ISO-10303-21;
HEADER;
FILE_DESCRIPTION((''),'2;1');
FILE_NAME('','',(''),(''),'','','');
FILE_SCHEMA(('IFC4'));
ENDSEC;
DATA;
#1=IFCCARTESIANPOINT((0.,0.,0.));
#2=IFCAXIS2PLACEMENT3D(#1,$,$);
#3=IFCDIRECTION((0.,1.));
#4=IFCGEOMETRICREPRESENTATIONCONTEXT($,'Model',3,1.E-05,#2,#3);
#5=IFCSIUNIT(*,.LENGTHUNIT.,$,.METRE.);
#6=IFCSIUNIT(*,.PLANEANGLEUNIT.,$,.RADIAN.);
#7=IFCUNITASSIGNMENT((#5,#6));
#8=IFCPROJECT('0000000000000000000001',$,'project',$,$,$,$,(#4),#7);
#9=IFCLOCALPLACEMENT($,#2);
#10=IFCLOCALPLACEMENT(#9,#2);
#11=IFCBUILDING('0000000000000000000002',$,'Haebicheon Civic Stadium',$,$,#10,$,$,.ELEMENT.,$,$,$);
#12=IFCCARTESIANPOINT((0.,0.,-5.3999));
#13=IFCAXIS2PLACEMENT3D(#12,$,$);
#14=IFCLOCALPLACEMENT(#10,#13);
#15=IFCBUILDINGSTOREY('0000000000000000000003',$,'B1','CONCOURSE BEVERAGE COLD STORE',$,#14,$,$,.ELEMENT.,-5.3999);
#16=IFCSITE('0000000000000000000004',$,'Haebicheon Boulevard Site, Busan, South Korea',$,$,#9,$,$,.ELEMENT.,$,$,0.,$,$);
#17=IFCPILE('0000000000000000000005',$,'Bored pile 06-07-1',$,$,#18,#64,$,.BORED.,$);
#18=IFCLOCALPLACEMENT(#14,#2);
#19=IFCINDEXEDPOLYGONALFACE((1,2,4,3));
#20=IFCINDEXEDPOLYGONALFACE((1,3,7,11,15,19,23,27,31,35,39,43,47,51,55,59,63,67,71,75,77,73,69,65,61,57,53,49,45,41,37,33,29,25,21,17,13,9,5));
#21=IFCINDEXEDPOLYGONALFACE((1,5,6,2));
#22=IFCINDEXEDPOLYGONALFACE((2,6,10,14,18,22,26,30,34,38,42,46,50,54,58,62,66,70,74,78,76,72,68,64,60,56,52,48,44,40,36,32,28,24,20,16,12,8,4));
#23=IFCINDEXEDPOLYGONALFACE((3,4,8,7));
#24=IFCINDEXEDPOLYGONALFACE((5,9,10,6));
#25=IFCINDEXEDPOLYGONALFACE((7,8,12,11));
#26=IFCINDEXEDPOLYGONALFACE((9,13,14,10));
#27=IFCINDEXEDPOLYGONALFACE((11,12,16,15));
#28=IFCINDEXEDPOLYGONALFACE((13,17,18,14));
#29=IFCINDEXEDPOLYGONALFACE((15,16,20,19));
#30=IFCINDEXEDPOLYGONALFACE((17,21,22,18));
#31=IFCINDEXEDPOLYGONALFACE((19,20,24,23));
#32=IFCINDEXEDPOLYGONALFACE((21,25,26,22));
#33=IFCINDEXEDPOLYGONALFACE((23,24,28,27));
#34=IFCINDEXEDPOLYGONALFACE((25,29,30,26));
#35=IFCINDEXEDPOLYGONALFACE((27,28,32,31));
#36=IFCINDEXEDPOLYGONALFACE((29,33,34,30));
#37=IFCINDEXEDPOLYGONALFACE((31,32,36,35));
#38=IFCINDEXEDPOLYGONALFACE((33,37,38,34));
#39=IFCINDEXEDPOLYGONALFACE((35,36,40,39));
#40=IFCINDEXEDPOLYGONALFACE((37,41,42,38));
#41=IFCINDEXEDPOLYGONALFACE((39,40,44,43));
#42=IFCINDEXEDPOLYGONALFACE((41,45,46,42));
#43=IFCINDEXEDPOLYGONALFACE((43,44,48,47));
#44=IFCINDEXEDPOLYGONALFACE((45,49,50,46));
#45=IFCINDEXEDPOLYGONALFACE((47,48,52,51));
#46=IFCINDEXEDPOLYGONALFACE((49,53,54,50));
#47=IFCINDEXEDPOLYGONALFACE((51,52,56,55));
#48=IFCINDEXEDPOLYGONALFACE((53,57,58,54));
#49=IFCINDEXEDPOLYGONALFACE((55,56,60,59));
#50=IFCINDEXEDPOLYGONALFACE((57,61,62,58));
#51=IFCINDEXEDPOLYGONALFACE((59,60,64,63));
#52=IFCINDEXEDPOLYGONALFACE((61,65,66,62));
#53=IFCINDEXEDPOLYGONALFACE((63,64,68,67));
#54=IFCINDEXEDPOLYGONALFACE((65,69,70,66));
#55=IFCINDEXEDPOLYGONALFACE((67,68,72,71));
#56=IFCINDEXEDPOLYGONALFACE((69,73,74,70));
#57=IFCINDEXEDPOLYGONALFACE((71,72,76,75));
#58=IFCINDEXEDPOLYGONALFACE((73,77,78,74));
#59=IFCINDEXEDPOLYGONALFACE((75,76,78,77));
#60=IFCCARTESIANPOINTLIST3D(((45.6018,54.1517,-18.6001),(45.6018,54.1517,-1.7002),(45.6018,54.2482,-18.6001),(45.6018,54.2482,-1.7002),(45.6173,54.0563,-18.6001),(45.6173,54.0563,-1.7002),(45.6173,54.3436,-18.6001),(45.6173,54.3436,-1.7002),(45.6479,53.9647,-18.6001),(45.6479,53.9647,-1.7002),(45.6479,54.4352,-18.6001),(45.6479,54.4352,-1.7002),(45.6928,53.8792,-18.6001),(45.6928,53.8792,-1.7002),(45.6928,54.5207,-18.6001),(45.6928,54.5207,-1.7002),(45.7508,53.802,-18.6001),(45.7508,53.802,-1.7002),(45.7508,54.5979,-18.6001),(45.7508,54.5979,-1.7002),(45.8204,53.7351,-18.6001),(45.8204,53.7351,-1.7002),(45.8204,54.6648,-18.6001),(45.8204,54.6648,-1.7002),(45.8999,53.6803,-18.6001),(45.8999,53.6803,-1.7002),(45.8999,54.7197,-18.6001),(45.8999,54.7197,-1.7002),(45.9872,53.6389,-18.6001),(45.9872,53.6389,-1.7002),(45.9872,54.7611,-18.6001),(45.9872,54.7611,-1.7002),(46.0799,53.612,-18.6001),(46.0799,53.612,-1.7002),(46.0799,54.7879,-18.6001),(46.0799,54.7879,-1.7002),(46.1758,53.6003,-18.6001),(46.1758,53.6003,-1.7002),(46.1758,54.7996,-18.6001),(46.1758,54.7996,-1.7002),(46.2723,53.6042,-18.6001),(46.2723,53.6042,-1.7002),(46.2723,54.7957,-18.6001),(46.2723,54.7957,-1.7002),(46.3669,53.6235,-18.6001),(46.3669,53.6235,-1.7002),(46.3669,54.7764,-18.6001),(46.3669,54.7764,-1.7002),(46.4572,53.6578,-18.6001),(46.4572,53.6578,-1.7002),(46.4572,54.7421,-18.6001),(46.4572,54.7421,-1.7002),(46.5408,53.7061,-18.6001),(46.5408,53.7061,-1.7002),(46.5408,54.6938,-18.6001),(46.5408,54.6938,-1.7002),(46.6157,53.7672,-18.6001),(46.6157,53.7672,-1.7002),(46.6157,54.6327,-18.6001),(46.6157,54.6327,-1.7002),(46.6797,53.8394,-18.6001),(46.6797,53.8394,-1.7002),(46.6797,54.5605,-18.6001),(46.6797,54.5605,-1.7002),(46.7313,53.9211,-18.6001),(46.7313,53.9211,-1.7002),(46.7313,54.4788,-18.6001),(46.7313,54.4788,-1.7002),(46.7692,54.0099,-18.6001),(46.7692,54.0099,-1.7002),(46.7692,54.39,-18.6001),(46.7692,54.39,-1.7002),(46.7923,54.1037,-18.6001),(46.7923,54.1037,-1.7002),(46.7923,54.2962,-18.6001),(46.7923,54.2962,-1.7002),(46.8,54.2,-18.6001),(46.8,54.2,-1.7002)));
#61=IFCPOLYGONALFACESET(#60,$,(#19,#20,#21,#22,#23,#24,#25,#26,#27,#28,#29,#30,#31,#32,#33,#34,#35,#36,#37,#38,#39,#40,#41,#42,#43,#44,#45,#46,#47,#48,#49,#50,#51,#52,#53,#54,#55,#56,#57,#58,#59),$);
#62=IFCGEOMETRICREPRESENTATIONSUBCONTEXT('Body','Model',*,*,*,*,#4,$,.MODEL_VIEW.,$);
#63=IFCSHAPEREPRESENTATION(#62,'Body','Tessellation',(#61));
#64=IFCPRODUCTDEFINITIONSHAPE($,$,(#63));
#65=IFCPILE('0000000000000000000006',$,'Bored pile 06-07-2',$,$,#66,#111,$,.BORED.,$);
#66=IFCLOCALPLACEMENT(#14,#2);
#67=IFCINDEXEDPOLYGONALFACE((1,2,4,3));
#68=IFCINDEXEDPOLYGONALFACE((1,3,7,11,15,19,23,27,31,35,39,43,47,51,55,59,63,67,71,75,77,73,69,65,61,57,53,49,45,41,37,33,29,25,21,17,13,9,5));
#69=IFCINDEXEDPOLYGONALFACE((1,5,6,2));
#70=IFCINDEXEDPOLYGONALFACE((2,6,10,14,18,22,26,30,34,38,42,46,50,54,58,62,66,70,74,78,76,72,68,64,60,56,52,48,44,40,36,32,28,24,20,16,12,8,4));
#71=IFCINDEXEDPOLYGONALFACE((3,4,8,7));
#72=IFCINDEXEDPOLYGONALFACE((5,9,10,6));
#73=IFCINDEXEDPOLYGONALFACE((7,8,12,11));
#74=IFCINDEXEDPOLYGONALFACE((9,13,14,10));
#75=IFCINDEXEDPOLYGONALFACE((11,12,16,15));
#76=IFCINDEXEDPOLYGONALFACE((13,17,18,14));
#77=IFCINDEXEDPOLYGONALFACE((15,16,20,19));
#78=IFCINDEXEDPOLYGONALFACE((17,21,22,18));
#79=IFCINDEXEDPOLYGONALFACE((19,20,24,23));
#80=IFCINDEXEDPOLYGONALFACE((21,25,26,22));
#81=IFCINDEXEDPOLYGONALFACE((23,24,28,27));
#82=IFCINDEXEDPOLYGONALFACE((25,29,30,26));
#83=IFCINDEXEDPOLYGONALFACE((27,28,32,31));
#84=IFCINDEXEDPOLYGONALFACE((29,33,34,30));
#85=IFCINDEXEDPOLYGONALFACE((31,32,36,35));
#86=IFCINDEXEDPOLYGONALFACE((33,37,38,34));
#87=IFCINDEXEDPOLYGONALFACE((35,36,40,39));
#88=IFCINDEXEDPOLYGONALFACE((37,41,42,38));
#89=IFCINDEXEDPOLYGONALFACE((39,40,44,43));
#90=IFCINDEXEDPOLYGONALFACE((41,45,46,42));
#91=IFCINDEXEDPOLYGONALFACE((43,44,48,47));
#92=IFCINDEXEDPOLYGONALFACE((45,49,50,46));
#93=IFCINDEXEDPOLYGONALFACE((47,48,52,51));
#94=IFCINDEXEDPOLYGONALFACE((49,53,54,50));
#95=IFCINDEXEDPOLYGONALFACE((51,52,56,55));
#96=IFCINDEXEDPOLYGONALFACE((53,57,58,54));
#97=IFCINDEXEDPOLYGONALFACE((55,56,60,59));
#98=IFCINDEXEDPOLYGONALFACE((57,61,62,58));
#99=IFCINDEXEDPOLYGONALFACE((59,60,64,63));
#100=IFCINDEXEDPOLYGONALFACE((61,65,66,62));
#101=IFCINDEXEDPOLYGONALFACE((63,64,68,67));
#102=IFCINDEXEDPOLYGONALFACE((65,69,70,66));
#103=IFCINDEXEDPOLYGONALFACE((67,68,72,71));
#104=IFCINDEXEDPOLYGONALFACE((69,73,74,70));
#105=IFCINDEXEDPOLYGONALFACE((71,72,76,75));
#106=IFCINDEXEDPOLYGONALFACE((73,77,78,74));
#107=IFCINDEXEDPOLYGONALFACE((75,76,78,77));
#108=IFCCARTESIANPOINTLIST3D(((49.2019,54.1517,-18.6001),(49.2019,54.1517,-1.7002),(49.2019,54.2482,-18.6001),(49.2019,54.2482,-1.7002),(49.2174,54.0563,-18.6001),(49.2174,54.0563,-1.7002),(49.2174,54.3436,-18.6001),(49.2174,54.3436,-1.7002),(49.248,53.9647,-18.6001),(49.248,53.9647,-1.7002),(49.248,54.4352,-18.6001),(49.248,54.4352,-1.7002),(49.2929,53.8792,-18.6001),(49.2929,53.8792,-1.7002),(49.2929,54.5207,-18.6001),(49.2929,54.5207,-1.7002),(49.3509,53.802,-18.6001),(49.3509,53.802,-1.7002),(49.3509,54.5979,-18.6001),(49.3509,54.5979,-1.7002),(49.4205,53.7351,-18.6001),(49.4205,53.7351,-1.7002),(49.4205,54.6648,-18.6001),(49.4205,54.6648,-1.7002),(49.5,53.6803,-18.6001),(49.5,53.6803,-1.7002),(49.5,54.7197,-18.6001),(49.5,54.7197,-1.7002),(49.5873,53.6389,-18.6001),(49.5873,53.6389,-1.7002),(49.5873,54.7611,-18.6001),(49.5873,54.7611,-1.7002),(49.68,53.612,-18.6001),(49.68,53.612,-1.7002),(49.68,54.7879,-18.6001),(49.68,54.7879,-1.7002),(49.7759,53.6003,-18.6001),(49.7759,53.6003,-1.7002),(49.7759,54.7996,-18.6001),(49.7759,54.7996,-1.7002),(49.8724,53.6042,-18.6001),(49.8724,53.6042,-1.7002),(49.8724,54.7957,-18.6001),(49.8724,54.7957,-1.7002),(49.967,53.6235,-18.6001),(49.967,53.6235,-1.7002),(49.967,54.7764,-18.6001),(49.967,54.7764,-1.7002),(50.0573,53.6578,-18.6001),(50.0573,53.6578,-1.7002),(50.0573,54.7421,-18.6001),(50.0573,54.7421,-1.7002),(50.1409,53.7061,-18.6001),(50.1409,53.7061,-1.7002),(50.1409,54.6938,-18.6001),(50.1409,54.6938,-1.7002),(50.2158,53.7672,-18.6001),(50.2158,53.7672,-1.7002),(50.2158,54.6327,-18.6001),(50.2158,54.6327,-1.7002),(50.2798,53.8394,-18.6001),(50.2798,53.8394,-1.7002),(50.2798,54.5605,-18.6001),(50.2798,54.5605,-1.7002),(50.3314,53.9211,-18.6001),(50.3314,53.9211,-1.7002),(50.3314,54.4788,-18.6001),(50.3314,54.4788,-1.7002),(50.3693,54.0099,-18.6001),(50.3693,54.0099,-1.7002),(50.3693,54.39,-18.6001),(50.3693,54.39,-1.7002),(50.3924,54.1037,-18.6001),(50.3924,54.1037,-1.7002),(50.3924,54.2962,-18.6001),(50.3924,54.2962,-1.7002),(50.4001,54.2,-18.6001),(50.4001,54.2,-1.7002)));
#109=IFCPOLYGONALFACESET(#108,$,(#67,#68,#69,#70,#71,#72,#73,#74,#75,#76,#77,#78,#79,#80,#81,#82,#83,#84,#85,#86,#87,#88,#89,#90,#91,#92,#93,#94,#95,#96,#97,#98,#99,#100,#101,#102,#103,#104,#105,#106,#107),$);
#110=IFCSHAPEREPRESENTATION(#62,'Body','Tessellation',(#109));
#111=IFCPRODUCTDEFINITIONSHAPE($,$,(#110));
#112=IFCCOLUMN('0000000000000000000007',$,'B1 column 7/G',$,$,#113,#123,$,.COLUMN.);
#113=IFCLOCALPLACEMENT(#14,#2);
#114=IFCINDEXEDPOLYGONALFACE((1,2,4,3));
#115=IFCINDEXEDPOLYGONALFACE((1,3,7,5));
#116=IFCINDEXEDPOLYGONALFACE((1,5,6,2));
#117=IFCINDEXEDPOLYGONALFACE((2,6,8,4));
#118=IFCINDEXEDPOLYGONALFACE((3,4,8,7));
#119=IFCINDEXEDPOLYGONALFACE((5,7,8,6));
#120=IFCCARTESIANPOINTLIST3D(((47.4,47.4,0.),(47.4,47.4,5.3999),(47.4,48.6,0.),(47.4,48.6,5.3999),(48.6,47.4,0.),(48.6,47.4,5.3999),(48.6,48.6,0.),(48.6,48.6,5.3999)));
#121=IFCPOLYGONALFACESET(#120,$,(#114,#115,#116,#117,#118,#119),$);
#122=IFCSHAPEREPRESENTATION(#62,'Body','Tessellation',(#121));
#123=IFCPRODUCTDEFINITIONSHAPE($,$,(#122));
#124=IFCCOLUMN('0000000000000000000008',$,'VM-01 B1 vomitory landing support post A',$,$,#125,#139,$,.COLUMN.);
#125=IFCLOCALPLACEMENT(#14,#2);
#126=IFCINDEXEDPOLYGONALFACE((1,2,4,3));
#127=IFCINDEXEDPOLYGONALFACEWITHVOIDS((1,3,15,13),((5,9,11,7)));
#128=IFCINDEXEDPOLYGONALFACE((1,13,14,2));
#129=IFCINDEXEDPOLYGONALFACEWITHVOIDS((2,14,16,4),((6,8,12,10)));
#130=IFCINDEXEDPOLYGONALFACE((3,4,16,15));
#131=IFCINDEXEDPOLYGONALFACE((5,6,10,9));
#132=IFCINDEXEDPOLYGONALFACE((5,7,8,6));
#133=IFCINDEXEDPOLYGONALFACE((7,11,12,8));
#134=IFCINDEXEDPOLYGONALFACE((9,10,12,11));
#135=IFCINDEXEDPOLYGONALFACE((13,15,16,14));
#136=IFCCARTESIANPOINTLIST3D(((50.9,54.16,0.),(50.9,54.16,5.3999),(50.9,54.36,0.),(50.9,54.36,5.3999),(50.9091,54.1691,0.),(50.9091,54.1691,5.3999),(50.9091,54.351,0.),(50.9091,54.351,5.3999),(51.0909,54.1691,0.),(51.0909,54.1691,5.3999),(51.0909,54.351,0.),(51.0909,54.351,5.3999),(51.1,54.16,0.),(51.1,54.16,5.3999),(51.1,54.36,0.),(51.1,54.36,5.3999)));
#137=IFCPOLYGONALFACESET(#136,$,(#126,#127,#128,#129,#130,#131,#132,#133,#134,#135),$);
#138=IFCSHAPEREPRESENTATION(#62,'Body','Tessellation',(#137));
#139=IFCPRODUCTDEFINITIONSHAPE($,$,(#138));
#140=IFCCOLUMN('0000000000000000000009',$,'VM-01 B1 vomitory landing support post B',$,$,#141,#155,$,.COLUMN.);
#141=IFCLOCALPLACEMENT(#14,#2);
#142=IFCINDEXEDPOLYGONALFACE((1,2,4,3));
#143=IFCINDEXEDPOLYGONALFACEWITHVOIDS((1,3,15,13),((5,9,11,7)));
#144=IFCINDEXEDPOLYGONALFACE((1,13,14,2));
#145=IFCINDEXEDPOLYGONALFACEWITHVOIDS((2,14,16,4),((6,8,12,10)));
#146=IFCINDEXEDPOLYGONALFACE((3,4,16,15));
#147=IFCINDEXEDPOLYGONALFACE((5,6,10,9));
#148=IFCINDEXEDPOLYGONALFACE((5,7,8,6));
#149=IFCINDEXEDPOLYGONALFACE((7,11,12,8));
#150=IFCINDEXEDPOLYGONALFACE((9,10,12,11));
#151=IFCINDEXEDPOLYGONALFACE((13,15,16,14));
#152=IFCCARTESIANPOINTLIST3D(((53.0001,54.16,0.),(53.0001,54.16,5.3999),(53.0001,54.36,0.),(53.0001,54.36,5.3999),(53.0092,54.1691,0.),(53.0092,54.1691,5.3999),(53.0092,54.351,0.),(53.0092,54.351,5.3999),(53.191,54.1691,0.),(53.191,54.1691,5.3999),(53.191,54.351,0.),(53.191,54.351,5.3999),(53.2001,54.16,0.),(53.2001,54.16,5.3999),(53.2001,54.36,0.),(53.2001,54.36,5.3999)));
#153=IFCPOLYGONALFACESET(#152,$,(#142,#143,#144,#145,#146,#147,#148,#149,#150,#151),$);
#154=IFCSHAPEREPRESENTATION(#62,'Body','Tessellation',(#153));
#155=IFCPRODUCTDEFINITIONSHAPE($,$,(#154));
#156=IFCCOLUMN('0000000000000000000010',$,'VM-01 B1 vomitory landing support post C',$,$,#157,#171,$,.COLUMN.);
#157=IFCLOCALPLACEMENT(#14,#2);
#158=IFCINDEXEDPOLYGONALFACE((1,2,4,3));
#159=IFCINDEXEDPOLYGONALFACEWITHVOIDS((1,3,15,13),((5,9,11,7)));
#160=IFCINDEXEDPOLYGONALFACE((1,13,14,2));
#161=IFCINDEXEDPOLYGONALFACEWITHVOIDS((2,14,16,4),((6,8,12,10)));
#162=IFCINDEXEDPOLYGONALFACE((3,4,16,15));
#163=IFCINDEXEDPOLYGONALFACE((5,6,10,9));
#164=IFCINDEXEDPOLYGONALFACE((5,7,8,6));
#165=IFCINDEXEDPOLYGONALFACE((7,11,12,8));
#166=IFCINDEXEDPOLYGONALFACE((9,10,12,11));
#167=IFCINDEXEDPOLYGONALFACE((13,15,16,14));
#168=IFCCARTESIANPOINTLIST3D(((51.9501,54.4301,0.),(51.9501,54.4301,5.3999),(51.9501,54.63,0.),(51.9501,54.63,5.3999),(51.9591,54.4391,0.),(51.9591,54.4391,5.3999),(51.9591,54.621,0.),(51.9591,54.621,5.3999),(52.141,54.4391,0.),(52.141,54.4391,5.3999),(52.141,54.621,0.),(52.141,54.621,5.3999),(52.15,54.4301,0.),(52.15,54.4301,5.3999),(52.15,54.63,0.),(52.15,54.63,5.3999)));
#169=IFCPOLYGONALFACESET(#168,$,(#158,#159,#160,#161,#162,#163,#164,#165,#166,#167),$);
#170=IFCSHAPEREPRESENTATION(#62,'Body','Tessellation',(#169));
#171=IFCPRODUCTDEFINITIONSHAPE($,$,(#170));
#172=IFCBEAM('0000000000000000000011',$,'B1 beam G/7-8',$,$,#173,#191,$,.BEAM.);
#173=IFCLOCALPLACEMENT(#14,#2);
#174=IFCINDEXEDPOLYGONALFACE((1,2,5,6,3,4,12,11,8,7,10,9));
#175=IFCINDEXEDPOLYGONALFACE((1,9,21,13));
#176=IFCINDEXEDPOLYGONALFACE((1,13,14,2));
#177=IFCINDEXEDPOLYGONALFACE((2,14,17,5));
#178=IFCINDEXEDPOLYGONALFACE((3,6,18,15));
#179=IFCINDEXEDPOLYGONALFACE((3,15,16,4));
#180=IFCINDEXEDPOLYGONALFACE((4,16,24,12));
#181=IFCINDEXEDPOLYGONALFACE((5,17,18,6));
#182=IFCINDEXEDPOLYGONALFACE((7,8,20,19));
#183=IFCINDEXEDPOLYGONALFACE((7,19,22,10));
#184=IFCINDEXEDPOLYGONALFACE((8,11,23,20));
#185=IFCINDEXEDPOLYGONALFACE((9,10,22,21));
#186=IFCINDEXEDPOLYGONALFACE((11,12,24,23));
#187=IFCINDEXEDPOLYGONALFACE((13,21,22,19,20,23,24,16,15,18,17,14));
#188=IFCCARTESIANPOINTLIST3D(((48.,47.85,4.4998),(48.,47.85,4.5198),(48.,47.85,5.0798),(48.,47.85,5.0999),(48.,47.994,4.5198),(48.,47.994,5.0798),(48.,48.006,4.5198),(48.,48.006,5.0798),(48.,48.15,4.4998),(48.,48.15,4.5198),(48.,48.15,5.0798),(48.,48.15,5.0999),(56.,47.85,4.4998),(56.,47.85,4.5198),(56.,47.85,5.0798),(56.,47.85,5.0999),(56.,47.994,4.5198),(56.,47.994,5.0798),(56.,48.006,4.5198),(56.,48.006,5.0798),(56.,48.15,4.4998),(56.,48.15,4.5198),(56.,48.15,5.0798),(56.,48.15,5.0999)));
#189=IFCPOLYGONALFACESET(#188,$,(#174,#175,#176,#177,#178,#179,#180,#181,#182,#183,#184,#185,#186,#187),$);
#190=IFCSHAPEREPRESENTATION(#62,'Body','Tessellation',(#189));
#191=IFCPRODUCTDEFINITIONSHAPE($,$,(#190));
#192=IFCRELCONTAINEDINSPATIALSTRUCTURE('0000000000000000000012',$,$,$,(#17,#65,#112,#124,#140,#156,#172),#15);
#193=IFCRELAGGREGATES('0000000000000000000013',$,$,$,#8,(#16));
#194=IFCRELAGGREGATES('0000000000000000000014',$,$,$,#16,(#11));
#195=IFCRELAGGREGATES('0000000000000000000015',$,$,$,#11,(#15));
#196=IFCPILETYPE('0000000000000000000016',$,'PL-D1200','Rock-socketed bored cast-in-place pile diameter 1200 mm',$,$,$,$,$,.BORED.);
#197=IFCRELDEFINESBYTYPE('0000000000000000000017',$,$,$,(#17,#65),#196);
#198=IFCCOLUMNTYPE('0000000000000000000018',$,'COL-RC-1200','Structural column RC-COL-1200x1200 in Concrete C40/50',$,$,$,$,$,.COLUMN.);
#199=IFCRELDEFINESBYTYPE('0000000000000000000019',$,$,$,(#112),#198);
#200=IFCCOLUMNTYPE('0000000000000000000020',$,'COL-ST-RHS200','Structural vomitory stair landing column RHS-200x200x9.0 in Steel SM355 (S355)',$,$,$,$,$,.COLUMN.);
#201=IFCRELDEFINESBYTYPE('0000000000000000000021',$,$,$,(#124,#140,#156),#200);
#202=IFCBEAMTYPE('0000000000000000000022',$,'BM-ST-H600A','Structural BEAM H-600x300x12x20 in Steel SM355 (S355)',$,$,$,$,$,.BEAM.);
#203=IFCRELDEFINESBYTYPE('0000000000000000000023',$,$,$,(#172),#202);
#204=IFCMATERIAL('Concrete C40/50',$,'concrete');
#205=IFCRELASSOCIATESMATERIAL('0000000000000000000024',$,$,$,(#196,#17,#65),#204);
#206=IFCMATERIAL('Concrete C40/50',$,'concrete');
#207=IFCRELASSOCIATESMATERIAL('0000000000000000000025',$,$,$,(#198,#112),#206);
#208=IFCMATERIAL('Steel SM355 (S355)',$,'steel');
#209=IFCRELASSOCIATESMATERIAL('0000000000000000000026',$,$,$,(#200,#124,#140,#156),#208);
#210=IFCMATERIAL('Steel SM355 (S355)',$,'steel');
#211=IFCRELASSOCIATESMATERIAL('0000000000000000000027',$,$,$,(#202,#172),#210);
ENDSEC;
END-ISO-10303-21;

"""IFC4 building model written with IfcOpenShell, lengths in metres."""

from ifc_helpers import new_model, si_unit, direction, frame, origin, origin_2d, place, context, subcontext, project, spatial, rectangle, hollow_rectangle, circle, i_section, extrude, material, material_profile, profile_set, type_object, element, save


model = new_model("IFC4")

# Units and contexts
model_context = context("Model", 3, precision=1e-05, world=origin(), true_north=direction((0.0, 1.0)))
body_context = subcontext(model_context, "Body", "Model", "MODEL_VIEW")
ifc_project = project(units=[si_unit("LENGTHUNIT", "METRE"), si_unit("PLANEANGLEUNIT", "RADIAN")], contexts=[model_context])

# Site, building, storey
site_placement = place(None, origin())
site = spatial("IfcSite", under=ifc_project, at=site_placement, Name="Haebicheon Boulevard Site, Busan, South Korea", CompositionType="ELEMENT", RefElevation=0.0)
building_placement = place(site_placement, origin())
building = spatial("IfcBuilding", under=site, at=building_placement, Name="Haebicheon Civic Stadium", CompositionType="ELEMENT")
storey_placement = place(building_placement, frame((0.0, 0.0, -5.3999)))
storey = spatial("IfcBuildingStorey", under=building, at=storey_placement, Name="B1", Description="CONCOURSE BEVERAGE COLD STORE", CompositionType="ELEMENT", Elevation=-5.3999)

# Piles
ifc_material_1 = material(Name="Concrete C40/50", Category="concrete")
ifc_material_profile_1 = material_profile(ifc_material_1, circle(Radius=0.6001, at=origin_2d()), Name="PILE-D1200")
ifc_profile_set_1 = profile_set([ifc_material_profile_1], Name="Concrete C40/50")
pile_type = type_object("IfcPileType", Name="PL-D1200", Description="Rock-socketed bored cast-in-place pile diameter 1200 mm", PredefinedType="BORED", material=ifc_profile_set_1)
for number, where, z_axis, x_axis, name in (
    (1, (46.2, 54.2, -1.7002), (0.0, 0.0, -1.0), (1.0, 0.0, 0.0), "Bored pile 06-07-1"),
    (2, (49.8, 54.2, -1.7002), (0.0, 0.0, -1.0), (1.0, 0.0, 0.0), "Bored pile 06-07-2"),
):
    element("IfcPile", number, at=place(storey_placement, frame(where, z_axis=z_axis, x_axis=x_axis)), inside=storey, type_object=pile_type, material=ifc_profile_set_1, Name=name, PredefinedType="BORED", context=body_context, shape_type="SweptSolid", body=[
        extrude(circle(Radius=0.6001, at=origin_2d()), origin(), (0.0, 0.0, 1.0), 16.8999),
    ])

# Columns
ifc_material_2 = material(Name="Concrete C40/50", Category="concrete")
ifc_material_profile_2 = material_profile(ifc_material_2, rectangle(XDim=1.2, YDim=1.2, at=origin_2d()), Name="RC-COL-1200x1200")
ifc_profile_set_2 = profile_set([ifc_material_profile_2], Name="Concrete C40/50")
column_type_1 = type_object("IfcColumnType", Name="COL-RC-1200", Description="Structural column RC-COL-1200x1200 in Concrete C40/50", PredefinedType="COLUMN", material=ifc_profile_set_2)
column_placement = place(storey_placement, frame((48.0, 48.0, 0.0), z_axis=(0.0, 0.0, 1.0), x_axis=(1.0, 0.0, 0.0)))
element("IfcColumn", 3, at=column_placement, inside=storey, type_object=column_type_1, material=ifc_profile_set_2, Name="B1 column 7/G", PredefinedType="COLUMN", context=body_context, shape_type="SweptSolid", body=[
    extrude(rectangle(XDim=1.2, YDim=1.2, at=origin_2d()), origin(), (0.0, 0.0, 1.0), 5.3999),
])
ifc_material_3 = material(Name="Steel SM355 (S355)", Category="steel")
ifc_material_profile_3 = material_profile(ifc_material_3, hollow_rectangle(XDim=0.2, YDim=0.2, WallThickness=0.009, at=origin_2d()), Name="RHS-200x200x9.0")
ifc_profile_set_3 = profile_set([ifc_material_profile_3], Name="Steel SM355 (S355)")
column_type_2 = type_object("IfcColumnType", Name="COL-ST-RHS200", Description="Structural vomitory stair landing column RHS-200x200x9.0 in Steel SM355 (S355)", PredefinedType="COLUMN", material=ifc_profile_set_3)
for number, where, z_axis, x_axis, name in (
    (4, (51.0, 54.26, 0.0), (0.0, 0.0, 1.0), (1.0, 0.0, 0.0), "VM-01 B1 vomitory landing support post A"),
    (5, (53.1001, 54.26, 0.0), (0.0, 0.0, 1.0), (1.0, 0.0, 0.0), "VM-01 B1 vomitory landing support post B"),
    (6, (52.05, 54.53, 0.0), (0.0, 0.0, 1.0), (1.0, 0.0, 0.0), "VM-01 B1 vomitory landing support post C"),
):
    element("IfcColumn", number, at=place(storey_placement, frame(where, z_axis=z_axis, x_axis=x_axis)), inside=storey, type_object=column_type_2, material=ifc_profile_set_3, Name=name, PredefinedType="COLUMN", context=body_context, shape_type="SweptSolid", body=[
        extrude(hollow_rectangle(XDim=0.2, YDim=0.2, WallThickness=0.009, at=origin_2d()), origin(), (0.0, 0.0, 1.0), 5.3999),
    ])

# Beam
ifc_material_4 = material(Name="Steel SM355 (S355)", Category="steel")
ifc_material_profile_4 = material_profile(ifc_material_4, i_section(OverallWidth=0.3, OverallDepth=0.6001, WebThickness=0.012, FlangeThickness=0.02, at=origin_2d()), Name="H-600x300x12x20")
ifc_profile_set_4 = profile_set([ifc_material_profile_4], Name="Steel SM355 (S355)")
beam_type_1 = type_object("IfcBeamType", Name="BM-ST-H600A", Description="Structural BEAM H-600x300x12x20 in Steel SM355 (S355)", PredefinedType="BEAM", material=ifc_profile_set_4)
beam_1_placement = place(storey_placement, frame((48.0, 48.0, 4.7998), z_axis=(1.0, 0.0, 0.0), x_axis=(0.0, 1.0, 0.0)))
element("IfcBeam", 7, at=beam_1_placement, inside=storey, type_object=beam_type_1, material=ifc_profile_set_4, Name="B1 beam G/7-8", PredefinedType="BEAM", context=body_context, shape_type="SweptSolid", body=[
    extrude(i_section(OverallWidth=0.3, OverallDepth=0.6001, WebThickness=0.012, FlangeThickness=0.02, at=origin_2d()), origin(), (0.0, 0.0, 1.0), 8.0),
])

save(model, "model.ifc")
